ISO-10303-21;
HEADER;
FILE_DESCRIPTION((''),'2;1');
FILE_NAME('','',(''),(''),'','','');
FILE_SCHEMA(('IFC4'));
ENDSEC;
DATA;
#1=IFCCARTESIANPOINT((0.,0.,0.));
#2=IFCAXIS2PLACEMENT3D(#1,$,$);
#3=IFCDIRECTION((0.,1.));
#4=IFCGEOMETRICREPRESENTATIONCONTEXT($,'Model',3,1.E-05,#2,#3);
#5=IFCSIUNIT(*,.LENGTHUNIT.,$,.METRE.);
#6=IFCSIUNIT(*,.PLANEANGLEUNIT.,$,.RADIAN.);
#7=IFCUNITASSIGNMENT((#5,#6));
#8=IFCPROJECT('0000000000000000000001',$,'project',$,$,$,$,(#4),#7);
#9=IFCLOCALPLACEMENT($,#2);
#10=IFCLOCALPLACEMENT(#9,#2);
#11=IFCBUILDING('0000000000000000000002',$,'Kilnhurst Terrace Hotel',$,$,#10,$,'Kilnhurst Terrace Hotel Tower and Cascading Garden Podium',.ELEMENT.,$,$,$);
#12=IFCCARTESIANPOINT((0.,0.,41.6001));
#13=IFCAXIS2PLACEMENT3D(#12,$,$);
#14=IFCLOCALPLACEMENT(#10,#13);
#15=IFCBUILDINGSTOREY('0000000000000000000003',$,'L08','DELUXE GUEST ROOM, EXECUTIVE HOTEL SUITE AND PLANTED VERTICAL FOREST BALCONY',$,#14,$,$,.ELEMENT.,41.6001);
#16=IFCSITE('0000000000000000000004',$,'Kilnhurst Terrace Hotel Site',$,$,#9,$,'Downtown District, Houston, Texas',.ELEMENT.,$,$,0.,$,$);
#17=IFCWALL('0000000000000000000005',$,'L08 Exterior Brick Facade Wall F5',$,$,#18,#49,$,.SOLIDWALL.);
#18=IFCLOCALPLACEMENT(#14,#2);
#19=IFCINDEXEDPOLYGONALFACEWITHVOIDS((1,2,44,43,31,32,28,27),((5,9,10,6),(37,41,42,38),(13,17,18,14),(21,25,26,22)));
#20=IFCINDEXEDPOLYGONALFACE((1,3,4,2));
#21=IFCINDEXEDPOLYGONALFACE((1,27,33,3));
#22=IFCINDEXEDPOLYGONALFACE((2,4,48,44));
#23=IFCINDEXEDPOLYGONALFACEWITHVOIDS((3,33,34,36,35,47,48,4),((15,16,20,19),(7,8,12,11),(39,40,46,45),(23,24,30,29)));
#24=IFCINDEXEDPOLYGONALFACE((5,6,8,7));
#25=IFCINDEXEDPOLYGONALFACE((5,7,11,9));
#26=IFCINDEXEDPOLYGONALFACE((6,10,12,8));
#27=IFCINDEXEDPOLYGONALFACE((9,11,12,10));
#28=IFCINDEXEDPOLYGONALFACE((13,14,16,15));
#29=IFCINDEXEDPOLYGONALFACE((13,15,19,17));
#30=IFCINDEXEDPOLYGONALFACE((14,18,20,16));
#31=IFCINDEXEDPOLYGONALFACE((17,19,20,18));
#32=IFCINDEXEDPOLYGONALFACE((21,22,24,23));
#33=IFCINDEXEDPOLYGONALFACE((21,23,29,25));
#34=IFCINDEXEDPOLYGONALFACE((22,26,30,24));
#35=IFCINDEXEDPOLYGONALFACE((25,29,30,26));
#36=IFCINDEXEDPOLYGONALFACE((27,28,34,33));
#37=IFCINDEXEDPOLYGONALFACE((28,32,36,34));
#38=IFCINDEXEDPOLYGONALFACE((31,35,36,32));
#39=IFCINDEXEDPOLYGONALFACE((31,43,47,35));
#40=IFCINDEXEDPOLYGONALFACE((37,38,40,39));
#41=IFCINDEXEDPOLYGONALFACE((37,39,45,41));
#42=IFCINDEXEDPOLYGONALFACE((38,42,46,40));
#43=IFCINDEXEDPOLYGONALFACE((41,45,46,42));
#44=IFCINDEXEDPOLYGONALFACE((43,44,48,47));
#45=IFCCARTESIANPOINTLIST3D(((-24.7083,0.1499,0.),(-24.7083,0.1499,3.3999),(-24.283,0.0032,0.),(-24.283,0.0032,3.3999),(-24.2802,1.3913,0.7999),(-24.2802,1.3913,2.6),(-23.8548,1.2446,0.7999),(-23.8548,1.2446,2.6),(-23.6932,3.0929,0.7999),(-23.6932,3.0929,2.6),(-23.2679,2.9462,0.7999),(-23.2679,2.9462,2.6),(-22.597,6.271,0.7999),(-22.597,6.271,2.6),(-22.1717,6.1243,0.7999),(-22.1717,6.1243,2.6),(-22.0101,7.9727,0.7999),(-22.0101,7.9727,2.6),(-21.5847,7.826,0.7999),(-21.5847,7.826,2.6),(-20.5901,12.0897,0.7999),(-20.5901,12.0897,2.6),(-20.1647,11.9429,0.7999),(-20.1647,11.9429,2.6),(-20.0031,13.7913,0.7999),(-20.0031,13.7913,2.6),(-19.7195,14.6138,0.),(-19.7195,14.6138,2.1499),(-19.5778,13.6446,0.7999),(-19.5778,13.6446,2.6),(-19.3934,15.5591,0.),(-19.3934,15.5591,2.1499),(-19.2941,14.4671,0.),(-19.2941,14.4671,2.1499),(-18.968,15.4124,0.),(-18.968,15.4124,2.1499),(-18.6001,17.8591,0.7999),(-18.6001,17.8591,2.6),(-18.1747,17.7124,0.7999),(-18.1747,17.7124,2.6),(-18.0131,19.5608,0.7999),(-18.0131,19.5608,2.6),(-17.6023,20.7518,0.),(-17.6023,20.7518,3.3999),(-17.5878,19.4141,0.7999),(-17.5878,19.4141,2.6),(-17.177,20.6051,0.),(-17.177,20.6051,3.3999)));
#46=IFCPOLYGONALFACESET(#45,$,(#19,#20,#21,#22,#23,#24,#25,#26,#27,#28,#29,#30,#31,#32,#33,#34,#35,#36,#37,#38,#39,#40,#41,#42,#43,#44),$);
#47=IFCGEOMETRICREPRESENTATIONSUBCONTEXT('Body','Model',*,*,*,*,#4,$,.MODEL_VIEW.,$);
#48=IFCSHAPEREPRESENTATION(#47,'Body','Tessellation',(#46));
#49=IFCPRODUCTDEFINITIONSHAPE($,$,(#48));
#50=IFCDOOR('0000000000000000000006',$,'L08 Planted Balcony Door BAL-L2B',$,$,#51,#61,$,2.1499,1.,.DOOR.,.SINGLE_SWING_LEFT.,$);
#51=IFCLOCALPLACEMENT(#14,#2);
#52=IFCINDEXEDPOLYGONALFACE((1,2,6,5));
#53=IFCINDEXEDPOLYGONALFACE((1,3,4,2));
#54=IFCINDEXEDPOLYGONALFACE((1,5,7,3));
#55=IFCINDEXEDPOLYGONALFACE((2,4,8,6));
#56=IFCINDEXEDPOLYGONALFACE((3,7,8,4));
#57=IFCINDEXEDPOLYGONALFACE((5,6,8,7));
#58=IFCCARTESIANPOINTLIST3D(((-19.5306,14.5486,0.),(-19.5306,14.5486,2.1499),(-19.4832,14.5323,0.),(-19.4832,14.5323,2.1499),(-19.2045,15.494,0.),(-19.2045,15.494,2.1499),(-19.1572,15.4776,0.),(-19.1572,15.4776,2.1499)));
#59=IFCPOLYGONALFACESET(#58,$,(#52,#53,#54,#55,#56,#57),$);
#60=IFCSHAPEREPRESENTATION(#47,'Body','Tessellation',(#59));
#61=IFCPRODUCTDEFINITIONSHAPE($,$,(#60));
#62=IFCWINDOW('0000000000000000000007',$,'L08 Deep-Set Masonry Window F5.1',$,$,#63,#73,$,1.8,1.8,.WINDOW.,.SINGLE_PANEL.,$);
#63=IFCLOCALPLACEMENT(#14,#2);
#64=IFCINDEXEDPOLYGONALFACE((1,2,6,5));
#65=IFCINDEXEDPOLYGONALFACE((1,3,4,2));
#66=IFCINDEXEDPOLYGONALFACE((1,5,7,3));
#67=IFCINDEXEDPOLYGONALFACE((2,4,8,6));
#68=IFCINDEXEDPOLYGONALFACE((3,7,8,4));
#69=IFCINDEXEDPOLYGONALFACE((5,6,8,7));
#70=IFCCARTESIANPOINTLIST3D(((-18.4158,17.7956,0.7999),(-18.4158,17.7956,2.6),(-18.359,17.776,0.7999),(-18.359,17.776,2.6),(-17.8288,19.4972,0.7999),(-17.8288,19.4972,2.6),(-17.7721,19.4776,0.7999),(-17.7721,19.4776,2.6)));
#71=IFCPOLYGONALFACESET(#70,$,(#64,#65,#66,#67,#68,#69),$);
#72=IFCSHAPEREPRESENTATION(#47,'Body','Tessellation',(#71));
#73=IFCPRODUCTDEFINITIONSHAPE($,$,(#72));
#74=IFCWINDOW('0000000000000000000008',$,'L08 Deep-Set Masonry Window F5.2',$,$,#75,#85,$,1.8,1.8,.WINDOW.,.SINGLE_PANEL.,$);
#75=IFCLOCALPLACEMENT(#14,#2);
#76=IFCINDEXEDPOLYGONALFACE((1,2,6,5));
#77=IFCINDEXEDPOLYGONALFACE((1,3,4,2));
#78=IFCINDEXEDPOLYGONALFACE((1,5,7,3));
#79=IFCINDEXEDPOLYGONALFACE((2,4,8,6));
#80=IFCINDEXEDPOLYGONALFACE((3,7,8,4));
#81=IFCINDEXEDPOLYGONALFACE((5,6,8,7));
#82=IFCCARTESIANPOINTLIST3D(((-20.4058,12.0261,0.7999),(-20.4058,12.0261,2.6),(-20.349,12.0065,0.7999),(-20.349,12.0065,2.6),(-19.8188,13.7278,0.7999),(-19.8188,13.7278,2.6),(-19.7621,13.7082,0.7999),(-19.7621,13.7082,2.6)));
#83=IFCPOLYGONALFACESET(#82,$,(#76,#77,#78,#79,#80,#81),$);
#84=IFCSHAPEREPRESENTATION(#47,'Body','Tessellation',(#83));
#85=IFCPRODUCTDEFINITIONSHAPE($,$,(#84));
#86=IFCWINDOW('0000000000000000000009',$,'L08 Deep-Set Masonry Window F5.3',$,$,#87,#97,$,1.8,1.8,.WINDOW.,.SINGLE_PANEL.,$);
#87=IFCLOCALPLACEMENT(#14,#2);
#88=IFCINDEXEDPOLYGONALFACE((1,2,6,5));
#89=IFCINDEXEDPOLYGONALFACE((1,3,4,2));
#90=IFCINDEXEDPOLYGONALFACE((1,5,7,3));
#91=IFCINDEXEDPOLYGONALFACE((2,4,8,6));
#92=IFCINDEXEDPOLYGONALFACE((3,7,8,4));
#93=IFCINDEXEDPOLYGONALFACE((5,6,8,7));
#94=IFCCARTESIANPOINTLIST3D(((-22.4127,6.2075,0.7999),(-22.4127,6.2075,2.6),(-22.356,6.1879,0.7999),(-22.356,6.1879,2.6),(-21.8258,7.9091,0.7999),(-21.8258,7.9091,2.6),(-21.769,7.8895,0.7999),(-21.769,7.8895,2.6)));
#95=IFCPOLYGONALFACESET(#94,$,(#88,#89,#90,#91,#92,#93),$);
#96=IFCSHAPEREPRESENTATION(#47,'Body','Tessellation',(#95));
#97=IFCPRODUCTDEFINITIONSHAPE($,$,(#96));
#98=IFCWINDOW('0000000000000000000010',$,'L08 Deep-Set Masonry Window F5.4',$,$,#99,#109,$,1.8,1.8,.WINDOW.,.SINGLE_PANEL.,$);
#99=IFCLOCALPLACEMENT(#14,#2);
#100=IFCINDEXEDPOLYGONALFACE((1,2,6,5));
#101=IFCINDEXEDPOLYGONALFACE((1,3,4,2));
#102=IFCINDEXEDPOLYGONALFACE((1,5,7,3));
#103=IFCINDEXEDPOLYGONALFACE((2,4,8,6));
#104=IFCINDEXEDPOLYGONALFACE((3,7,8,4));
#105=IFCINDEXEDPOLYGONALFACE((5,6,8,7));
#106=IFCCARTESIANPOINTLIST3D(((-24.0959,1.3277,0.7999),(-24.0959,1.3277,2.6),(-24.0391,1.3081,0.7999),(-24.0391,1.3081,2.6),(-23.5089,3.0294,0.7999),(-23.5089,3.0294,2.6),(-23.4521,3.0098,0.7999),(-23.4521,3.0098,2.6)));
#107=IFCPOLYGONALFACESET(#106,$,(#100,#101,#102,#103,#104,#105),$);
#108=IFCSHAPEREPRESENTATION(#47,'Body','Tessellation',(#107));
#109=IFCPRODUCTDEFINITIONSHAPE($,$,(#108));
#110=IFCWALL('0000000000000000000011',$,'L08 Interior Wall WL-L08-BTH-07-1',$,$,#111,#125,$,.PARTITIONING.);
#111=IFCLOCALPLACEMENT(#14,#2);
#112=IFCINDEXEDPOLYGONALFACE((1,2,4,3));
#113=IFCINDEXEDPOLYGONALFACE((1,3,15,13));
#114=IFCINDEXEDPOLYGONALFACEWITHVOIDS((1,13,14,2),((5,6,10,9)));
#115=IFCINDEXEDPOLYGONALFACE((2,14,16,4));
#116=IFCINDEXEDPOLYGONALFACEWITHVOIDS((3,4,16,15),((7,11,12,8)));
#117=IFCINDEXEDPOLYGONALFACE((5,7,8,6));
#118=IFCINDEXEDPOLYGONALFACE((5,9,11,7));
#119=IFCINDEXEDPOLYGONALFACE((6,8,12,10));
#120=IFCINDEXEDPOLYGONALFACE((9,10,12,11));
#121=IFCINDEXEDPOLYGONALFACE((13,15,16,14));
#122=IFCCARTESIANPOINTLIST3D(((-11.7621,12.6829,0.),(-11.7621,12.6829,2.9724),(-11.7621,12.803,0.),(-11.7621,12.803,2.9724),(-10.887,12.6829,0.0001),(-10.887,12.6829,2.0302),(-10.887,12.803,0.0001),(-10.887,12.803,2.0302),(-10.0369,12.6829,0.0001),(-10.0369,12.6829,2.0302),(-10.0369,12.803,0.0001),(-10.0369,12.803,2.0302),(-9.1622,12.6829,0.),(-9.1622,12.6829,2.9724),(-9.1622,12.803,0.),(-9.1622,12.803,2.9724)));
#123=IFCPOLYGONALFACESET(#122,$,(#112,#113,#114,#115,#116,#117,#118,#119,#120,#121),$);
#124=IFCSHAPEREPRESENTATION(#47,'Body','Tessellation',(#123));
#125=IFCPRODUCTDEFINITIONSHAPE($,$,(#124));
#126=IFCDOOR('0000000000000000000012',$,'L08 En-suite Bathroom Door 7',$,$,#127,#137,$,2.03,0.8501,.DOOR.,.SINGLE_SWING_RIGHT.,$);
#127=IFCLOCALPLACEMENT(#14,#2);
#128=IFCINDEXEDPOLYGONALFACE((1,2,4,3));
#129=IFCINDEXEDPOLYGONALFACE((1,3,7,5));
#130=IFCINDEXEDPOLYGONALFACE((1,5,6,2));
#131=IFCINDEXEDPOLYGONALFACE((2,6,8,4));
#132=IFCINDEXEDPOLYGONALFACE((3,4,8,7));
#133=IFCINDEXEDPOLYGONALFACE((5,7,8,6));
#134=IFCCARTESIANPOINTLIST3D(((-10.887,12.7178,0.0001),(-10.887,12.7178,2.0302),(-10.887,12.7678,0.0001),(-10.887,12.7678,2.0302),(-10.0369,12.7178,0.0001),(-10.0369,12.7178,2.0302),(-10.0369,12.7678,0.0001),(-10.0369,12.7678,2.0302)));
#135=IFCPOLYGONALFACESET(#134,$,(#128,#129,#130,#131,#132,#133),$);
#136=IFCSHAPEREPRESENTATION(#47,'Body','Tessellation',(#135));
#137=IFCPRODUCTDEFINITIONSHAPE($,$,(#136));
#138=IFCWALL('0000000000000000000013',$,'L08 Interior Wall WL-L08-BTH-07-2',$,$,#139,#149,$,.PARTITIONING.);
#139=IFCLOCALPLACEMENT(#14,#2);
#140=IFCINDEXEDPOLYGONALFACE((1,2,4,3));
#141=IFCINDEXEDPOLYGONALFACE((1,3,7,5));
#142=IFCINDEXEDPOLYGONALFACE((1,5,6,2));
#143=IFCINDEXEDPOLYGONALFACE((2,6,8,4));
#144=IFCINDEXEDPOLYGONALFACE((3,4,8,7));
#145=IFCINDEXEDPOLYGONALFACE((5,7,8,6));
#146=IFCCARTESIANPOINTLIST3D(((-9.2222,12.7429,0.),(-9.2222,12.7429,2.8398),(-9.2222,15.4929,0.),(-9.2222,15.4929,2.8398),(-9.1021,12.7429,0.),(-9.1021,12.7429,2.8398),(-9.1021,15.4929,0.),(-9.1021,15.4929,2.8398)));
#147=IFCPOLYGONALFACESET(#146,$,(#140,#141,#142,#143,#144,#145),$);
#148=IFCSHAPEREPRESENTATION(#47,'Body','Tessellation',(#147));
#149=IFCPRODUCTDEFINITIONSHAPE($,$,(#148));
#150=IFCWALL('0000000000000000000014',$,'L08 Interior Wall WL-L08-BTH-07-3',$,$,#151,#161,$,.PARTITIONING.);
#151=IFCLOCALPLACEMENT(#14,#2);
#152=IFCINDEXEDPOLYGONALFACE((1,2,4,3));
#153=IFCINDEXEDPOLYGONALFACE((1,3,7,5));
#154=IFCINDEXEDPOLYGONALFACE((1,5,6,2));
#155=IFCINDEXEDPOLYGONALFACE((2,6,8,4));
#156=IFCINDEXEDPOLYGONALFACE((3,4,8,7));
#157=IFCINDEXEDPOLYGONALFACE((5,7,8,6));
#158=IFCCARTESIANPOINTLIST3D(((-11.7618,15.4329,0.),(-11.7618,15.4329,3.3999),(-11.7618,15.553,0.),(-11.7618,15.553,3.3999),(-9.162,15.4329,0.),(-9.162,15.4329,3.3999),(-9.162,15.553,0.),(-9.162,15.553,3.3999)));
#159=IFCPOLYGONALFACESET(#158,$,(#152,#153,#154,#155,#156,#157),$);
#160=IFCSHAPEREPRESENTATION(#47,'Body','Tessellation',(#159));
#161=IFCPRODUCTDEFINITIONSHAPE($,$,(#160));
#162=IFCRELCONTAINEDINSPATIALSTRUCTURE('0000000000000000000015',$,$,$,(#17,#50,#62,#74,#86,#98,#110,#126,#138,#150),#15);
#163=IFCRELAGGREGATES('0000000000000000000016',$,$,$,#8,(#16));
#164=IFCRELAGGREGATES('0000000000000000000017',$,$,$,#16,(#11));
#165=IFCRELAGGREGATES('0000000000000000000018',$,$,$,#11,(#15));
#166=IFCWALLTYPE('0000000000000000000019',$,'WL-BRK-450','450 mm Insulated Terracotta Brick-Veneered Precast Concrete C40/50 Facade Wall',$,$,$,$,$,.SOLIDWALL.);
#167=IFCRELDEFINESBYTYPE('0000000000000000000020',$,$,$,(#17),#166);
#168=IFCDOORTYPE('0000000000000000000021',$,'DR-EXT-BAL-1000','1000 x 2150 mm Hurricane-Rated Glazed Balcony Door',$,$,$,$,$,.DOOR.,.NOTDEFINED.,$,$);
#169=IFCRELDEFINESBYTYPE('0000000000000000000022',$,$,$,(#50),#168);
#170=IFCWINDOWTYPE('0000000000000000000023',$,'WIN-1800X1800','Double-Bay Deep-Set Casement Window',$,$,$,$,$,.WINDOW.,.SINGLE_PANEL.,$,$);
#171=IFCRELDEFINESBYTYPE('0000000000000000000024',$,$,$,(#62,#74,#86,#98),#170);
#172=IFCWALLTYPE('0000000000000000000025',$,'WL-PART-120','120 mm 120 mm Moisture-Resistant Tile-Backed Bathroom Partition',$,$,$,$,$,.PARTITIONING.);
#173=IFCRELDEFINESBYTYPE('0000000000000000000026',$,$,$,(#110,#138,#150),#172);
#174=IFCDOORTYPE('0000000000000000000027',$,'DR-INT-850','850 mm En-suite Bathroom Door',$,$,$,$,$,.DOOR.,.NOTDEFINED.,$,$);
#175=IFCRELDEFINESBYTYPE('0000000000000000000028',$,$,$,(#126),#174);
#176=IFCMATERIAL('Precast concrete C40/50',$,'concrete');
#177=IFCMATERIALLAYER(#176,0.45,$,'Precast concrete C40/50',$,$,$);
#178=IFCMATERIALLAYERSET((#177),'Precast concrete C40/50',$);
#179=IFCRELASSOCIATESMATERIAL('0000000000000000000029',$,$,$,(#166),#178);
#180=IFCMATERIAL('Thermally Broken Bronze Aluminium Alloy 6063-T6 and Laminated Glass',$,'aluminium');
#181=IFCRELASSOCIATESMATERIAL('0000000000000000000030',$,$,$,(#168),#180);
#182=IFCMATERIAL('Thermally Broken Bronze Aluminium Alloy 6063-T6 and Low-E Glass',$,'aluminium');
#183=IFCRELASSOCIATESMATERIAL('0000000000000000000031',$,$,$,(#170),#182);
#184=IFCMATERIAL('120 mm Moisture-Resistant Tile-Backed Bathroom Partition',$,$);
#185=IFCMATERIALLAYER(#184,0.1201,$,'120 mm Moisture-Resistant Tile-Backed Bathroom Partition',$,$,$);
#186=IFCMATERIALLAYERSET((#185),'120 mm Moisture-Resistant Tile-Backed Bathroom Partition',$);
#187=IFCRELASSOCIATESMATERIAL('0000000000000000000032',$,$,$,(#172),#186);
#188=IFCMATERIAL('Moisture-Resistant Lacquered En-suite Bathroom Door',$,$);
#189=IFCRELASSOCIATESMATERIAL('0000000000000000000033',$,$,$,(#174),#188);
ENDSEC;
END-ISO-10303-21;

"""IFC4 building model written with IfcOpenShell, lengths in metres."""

from ifc_helpers import new_model, si_unit, direction, frame, frame_2d, origin, place, context, subcontext, project, spatial, rectangle, extrude, material, layer, layer_set, type_object, element, fill, save


model = new_model("IFC4")

# Units and contexts
model_context = context("Model", 3, precision=1e-05, world=origin(), true_north=direction((0.0, 1.0)))
body_context = subcontext(model_context, "Body", "Model", "MODEL_VIEW")
ifc_project = project(units=[si_unit("LENGTHUNIT", "METRE"), si_unit("PLANEANGLEUNIT", "RADIAN")], contexts=[model_context])

# Site, building, storey
site_placement = place(None, origin())
site = spatial("IfcSite", under=ifc_project, at=site_placement, Name="Kilnhurst Terrace Hotel Site", LongName="Downtown District, Houston, Texas", CompositionType="ELEMENT", RefElevation=0.0)
building_placement = place(site_placement, origin())
building = spatial("IfcBuilding", under=site, at=building_placement, Name="Kilnhurst Terrace Hotel", LongName="Kilnhurst Terrace Hotel Tower and Cascading Garden Podium", CompositionType="ELEMENT")
storey_placement = place(building_placement, frame((0.0, 0.0, 41.6001)))
storey = spatial("IfcBuildingStorey", under=building, at=storey_placement, Name="L08", Description="DELUXE GUEST ROOM, EXECUTIVE HOTEL SUITE AND PLANTED VERTICAL FOREST BALCONY", CompositionType="ELEMENT", Elevation=41.6001)

# Shared definitions
ifc_material_1 = material(Name="Precast concrete C40/50", Category="concrete")
ifc_layer_1 = layer(ifc_material_1, 0.45, Name="Precast concrete C40/50")
ifc_layer_set_1 = layer_set([ifc_layer_1], Name="Precast concrete C40/50")
wall_type_1 = type_object("IfcWallType", Name="WL-BRK-450", Description="450 mm Insulated Terracotta Brick-Veneered Precast Concrete C40/50 Facade Wall", PredefinedType="SOLIDWALL", material=ifc_layer_set_1)

# Wall, openings, door, windows
wall_1_placement = place(storey_placement, frame((-17.3896, 20.6785, 0.0), z_axis=(0.0, 0.0, 1.0), x_axis=(-0.326068, -0.945346, 0.0)))
wall_1 = element("IfcWall", 1, at=wall_1_placement, inside=storey, type_object=wall_type_1, Name="L08 Exterior Brick Facade Wall F5", PredefinedType="SOLIDWALL", context=body_context, shape_type="SweptSolid", body=[
    extrude(rectangle(XDim=21.793, YDim=0.45, at=frame_2d((10.8965, 0.0))), origin(), (0.0, 0.0, 1.0), 3.3999),
])
opening_1_placement = place(wall_1_placement, frame((5.4929, 0.0, 0.0)))
opening_1 = element("IfcOpeningElement", 2, at=opening_1_placement, cuts=wall_1, PredefinedType="OPENING", context=body_context, shape_type="SweptSolid", body=[
    extrude(rectangle(XDim=1.0, YDim=2.1499, at=frame_2d((0.5, 1.075))), frame((0.0, 0.2349, 0.0), z_axis=(0.0, -1.0, 0.0), x_axis=(1.0, 0.0, 0.0)), (0.0, 0.0, 1.0), 0.47),
])
opening_2_placement = place(wall_1_placement, frame((1.26, 0.0, 0.8)))
opening_2 = element("IfcOpeningElement", 3, at=opening_2_placement, cuts=wall_1, PredefinedType="OPENING", context=body_context, shape_type="SweptSolid", body=[
    extrude(rectangle(XDim=1.8, YDim=1.8, at=frame_2d((0.8999, 0.8999))), frame((0.0, 0.2349, 0.0), z_axis=(0.0, -1.0, 0.0), x_axis=(1.0, 0.0, 0.0)), (0.0, 0.0, 1.0), 0.47),
])
opening_3_placement = place(wall_1_placement, frame((7.363, 0.0, 0.8)))
opening_3 = element("IfcOpeningElement", 4, at=opening_3_placement, cuts=wall_1, PredefinedType="OPENING", context=body_context, shape_type="SweptSolid", body=[
    extrude(rectangle(XDim=1.8, YDim=1.8, at=frame_2d((0.8999, 0.8999))), frame((0.0, 0.2349, 0.0), z_axis=(0.0, -1.0, 0.0), x_axis=(1.0, 0.0, 0.0)), (0.0, 0.0, 1.0), 0.47),
])
opening_4_placement = place(wall_1_placement, frame((13.5181, 0.0, 0.8)))
opening_4 = element("IfcOpeningElement", 5, at=opening_4_placement, cuts=wall_1, PredefinedType="OPENING", context=body_context, shape_type="SweptSolid", body=[
    extrude(rectangle(XDim=1.8, YDim=1.8, at=frame_2d((0.8999, 0.8999))), frame((0.0, 0.2349, 0.0), z_axis=(0.0, -1.0, 0.0), x_axis=(1.0, 0.0, 0.0)), (0.0, 0.0, 1.0), 0.47),
])
opening_5_placement = place(wall_1_placement, frame((18.6799, 0.0, 0.8)))
opening_5 = element("IfcOpeningElement", 6, at=opening_5_placement, cuts=wall_1, PredefinedType="OPENING", context=body_context, shape_type="SweptSolid", body=[
    extrude(rectangle(XDim=1.8, YDim=1.8, at=frame_2d((0.8999, 0.8999))), frame((0.0, 0.2349, 0.0), z_axis=(0.0, -1.0, 0.0), x_axis=(1.0, 0.0, 0.0)), (0.0, 0.0, 1.0), 0.47),
])
ifc_material_2 = material(Name="Thermally Broken Bronze Aluminium Alloy 6063-T6 and Laminated Glass", Category="aluminium")
door_type_1 = type_object("IfcDoorType", Name="DR-EXT-BAL-1000", Description="1000 x 2150 mm Hurricane-Rated Glazed Balcony Door", OperationType="NOTDEFINED", PredefinedType="DOOR", material=ifc_material_2)
door_1_placement = place(opening_1_placement, origin())
door_1 = element("IfcDoor", 7, at=door_1_placement, inside=storey, type_object=door_type_1, Name="L08 Planted Balcony Door BAL-L2B", OperationType="SINGLE_SWING_LEFT", OverallHeight=2.1499, OverallWidth=1.0, PredefinedType="DOOR", context=body_context, shape_type="SweptSolid", body=[
    extrude(rectangle(XDim=1.0, YDim=2.1499, at=frame_2d((0.5, 1.075))), frame((0.0, 0.0249, 0.0), z_axis=(0.0, -1.0, 0.0), x_axis=(1.0, 0.0, 0.0)), (0.0, 0.0, 1.0), 0.05),
])
fill(opening_1, door_1)
ifc_material_3 = material(Name="Thermally Broken Bronze Aluminium Alloy 6063-T6 and Low-E Glass", Category="aluminium")
window_type = type_object("IfcWindowType", Name="WIN-1800X1800", Description="Double-Bay Deep-Set Casement Window", PartitioningType="SINGLE_PANEL", PredefinedType="WINDOW", material=ifc_material_3)
window_1_placement = place(opening_2_placement, origin())
window_1 = element("IfcWindow", 8, at=window_1_placement, inside=storey, type_object=window_type, Name="L08 Deep-Set Masonry Window F5.1", OverallHeight=1.8, OverallWidth=1.8, PartitioningType="SINGLE_PANEL", PredefinedType="WINDOW", context=body_context, shape_type="SweptSolid", body=[
    extrude(rectangle(XDim=1.8, YDim=1.8, at=frame_2d((0.8999, 0.8999))), frame((0.0, 0.03, 0.0), z_axis=(0.0, -1.0, 0.0), x_axis=(1.0, 0.0, 0.0)), (0.0, 0.0, 1.0), 0.0601),
])
fill(opening_2, window_1)
window_2_placement = place(opening_3_placement, origin())
window_2 = element("IfcWindow", 9, at=window_2_placement, inside=storey, type_object=window_type, Name="L08 Deep-Set Masonry Window F5.2", OverallHeight=1.8, OverallWidth=1.8, PartitioningType="SINGLE_PANEL", PredefinedType="WINDOW", context=body_context, shape_type="SweptSolid", body=[
    extrude(rectangle(XDim=1.8, YDim=1.8, at=frame_2d((0.8999, 0.8999))), frame((0.0, 0.03, 0.0), z_axis=(0.0, -1.0, 0.0), x_axis=(1.0, 0.0, 0.0)), (0.0, 0.0, 1.0), 0.0601),
])
fill(opening_3, window_2)
window_3_placement = place(opening_4_placement, origin())
window_3 = element("IfcWindow", 10, at=window_3_placement, inside=storey, type_object=window_type, Name="L08 Deep-Set Masonry Window F5.3", OverallHeight=1.8, OverallWidth=1.8, PartitioningType="SINGLE_PANEL", PredefinedType="WINDOW", context=body_context, shape_type="SweptSolid", body=[
    extrude(rectangle(XDim=1.8, YDim=1.8, at=frame_2d((0.8999, 0.8999))), frame((0.0, 0.03, 0.0), z_axis=(0.0, -1.0, 0.0), x_axis=(1.0, 0.0, 0.0)), (0.0, 0.0, 1.0), 0.0601),
])
fill(opening_4, window_3)
window_4_placement = place(opening_5_placement, origin())
window_4 = element("IfcWindow", 11, at=window_4_placement, inside=storey, type_object=window_type, Name="L08 Deep-Set Masonry Window F5.4", OverallHeight=1.8, OverallWidth=1.8, PartitioningType="SINGLE_PANEL", PredefinedType="WINDOW", context=body_context, shape_type="SweptSolid", body=[
    extrude(rectangle(XDim=1.8, YDim=1.8, at=frame_2d((0.8999, 0.8999))), frame((0.0, 0.03, 0.0), z_axis=(0.0, -1.0, 0.0), x_axis=(1.0, 0.0, 0.0)), (0.0, 0.0, 1.0), 0.0601),
])
fill(opening_5, window_4)

# Wall, opening, door
ifc_material_4 = material(Name="120 mm Moisture-Resistant Tile-Backed Bathroom Partition")
ifc_layer_2 = layer(ifc_material_4, 0.1201, Name="120 mm Moisture-Resistant Tile-Backed Bathroom Partition")
ifc_layer_set_2 = layer_set([ifc_layer_2], Name="120 mm Moisture-Resistant Tile-Backed Bathroom Partition")
wall_type_2 = type_object("IfcWallType", Name="WL-PART-120", Description="120 mm 120 mm Moisture-Resistant Tile-Backed Bathroom Partition", PredefinedType="PARTITIONING", material=ifc_layer_set_2)
wall_2_placement = place(storey_placement, frame((-11.762, 12.7429, 0.0), z_axis=(0.0, 0.0, 1.0), x_axis=(1.0, 0.0, 0.0)))
wall_2 = element("IfcWall", 12, at=wall_2_placement, inside=storey, type_object=wall_type_2, Name="L08 Interior Wall WL-L08-BTH-07-1", PredefinedType="PARTITIONING", context=body_context, shape_type="SweptSolid", body=[
    extrude(rectangle(XDim=2.5999, YDim=0.1201, at=frame_2d((1.2998, 0.0))), origin(), (0.0, 0.0, 1.0), 2.9724),
])
opening_6_placement = place(wall_2_placement, frame((0.875, 0.0, 0.0)))
opening_6 = element("IfcOpeningElement", 13, at=opening_6_placement, cuts=wall_2, PredefinedType="OPENING", context=body_context, shape_type="SweptSolid", body=[
    extrude(rectangle(XDim=0.8501, YDim=2.03, at=frame_2d((0.425, 1.0151))), frame((0.0, 0.0701, 0.0), z_axis=(0.0, -1.0, 0.0), x_axis=(1.0, 0.0, 0.0)), (0.0, 0.0, 1.0), 0.1401),
])
ifc_material_5 = material(Name="Moisture-Resistant Lacquered En-suite Bathroom Door")
door_type_2 = type_object("IfcDoorType", Name="DR-INT-850", Description="850 mm En-suite Bathroom Door", OperationType="NOTDEFINED", PredefinedType="DOOR", material=ifc_material_5)
door_2_placement = place(opening_6_placement, origin())
door_2 = element("IfcDoor", 14, at=door_2_placement, inside=storey, type_object=door_type_2, Name="L08 En-suite Bathroom Door 7", OperationType="SINGLE_SWING_RIGHT", OverallHeight=2.03, OverallWidth=0.8501, PredefinedType="DOOR", context=body_context, shape_type="SweptSolid", body=[
    extrude(rectangle(XDim=0.8501, YDim=2.03, at=frame_2d((0.425, 1.0151))), frame((0.0, 0.0249, 0.0), z_axis=(0.0, -1.0, 0.0), x_axis=(1.0, 0.0, 0.0)), (0.0, 0.0, 1.0), 0.05),
])
fill(opening_6, door_2)

# Walls
wall_3_placement = place(storey_placement, frame((-9.1621, 12.7429, 0.0), z_axis=(0.0, 0.0, 1.0), x_axis=(0.0, 1.0, 0.0)))
element("IfcWall", 15, at=wall_3_placement, inside=storey, type_object=wall_type_2, Name="L08 Interior Wall WL-L08-BTH-07-2", PredefinedType="PARTITIONING", context=body_context, shape_type="SweptSolid", body=[
    extrude(rectangle(XDim=2.75, YDim=0.1201, at=frame_2d((1.375, 0.0))), origin(), (0.0, 0.0, 1.0), 2.8398),
])
wall_4_placement = place(storey_placement, frame((-9.1621, 15.4929, 0.0), z_axis=(0.0, 0.0, 1.0), x_axis=(-1.0, 0.0, 0.0)))
element("IfcWall", 16, at=wall_4_placement, inside=storey, type_object=wall_type_2, Name="L08 Interior Wall WL-L08-BTH-07-3", PredefinedType="PARTITIONING", context=body_context, shape_type="SweptSolid", body=[
    extrude(rectangle(XDim=2.5999, YDim=0.1201, at=frame_2d((1.2998, 0.0))), origin(), (0.0, 0.0, 1.0), 3.3999),
])

save(model, "model.ifc")
